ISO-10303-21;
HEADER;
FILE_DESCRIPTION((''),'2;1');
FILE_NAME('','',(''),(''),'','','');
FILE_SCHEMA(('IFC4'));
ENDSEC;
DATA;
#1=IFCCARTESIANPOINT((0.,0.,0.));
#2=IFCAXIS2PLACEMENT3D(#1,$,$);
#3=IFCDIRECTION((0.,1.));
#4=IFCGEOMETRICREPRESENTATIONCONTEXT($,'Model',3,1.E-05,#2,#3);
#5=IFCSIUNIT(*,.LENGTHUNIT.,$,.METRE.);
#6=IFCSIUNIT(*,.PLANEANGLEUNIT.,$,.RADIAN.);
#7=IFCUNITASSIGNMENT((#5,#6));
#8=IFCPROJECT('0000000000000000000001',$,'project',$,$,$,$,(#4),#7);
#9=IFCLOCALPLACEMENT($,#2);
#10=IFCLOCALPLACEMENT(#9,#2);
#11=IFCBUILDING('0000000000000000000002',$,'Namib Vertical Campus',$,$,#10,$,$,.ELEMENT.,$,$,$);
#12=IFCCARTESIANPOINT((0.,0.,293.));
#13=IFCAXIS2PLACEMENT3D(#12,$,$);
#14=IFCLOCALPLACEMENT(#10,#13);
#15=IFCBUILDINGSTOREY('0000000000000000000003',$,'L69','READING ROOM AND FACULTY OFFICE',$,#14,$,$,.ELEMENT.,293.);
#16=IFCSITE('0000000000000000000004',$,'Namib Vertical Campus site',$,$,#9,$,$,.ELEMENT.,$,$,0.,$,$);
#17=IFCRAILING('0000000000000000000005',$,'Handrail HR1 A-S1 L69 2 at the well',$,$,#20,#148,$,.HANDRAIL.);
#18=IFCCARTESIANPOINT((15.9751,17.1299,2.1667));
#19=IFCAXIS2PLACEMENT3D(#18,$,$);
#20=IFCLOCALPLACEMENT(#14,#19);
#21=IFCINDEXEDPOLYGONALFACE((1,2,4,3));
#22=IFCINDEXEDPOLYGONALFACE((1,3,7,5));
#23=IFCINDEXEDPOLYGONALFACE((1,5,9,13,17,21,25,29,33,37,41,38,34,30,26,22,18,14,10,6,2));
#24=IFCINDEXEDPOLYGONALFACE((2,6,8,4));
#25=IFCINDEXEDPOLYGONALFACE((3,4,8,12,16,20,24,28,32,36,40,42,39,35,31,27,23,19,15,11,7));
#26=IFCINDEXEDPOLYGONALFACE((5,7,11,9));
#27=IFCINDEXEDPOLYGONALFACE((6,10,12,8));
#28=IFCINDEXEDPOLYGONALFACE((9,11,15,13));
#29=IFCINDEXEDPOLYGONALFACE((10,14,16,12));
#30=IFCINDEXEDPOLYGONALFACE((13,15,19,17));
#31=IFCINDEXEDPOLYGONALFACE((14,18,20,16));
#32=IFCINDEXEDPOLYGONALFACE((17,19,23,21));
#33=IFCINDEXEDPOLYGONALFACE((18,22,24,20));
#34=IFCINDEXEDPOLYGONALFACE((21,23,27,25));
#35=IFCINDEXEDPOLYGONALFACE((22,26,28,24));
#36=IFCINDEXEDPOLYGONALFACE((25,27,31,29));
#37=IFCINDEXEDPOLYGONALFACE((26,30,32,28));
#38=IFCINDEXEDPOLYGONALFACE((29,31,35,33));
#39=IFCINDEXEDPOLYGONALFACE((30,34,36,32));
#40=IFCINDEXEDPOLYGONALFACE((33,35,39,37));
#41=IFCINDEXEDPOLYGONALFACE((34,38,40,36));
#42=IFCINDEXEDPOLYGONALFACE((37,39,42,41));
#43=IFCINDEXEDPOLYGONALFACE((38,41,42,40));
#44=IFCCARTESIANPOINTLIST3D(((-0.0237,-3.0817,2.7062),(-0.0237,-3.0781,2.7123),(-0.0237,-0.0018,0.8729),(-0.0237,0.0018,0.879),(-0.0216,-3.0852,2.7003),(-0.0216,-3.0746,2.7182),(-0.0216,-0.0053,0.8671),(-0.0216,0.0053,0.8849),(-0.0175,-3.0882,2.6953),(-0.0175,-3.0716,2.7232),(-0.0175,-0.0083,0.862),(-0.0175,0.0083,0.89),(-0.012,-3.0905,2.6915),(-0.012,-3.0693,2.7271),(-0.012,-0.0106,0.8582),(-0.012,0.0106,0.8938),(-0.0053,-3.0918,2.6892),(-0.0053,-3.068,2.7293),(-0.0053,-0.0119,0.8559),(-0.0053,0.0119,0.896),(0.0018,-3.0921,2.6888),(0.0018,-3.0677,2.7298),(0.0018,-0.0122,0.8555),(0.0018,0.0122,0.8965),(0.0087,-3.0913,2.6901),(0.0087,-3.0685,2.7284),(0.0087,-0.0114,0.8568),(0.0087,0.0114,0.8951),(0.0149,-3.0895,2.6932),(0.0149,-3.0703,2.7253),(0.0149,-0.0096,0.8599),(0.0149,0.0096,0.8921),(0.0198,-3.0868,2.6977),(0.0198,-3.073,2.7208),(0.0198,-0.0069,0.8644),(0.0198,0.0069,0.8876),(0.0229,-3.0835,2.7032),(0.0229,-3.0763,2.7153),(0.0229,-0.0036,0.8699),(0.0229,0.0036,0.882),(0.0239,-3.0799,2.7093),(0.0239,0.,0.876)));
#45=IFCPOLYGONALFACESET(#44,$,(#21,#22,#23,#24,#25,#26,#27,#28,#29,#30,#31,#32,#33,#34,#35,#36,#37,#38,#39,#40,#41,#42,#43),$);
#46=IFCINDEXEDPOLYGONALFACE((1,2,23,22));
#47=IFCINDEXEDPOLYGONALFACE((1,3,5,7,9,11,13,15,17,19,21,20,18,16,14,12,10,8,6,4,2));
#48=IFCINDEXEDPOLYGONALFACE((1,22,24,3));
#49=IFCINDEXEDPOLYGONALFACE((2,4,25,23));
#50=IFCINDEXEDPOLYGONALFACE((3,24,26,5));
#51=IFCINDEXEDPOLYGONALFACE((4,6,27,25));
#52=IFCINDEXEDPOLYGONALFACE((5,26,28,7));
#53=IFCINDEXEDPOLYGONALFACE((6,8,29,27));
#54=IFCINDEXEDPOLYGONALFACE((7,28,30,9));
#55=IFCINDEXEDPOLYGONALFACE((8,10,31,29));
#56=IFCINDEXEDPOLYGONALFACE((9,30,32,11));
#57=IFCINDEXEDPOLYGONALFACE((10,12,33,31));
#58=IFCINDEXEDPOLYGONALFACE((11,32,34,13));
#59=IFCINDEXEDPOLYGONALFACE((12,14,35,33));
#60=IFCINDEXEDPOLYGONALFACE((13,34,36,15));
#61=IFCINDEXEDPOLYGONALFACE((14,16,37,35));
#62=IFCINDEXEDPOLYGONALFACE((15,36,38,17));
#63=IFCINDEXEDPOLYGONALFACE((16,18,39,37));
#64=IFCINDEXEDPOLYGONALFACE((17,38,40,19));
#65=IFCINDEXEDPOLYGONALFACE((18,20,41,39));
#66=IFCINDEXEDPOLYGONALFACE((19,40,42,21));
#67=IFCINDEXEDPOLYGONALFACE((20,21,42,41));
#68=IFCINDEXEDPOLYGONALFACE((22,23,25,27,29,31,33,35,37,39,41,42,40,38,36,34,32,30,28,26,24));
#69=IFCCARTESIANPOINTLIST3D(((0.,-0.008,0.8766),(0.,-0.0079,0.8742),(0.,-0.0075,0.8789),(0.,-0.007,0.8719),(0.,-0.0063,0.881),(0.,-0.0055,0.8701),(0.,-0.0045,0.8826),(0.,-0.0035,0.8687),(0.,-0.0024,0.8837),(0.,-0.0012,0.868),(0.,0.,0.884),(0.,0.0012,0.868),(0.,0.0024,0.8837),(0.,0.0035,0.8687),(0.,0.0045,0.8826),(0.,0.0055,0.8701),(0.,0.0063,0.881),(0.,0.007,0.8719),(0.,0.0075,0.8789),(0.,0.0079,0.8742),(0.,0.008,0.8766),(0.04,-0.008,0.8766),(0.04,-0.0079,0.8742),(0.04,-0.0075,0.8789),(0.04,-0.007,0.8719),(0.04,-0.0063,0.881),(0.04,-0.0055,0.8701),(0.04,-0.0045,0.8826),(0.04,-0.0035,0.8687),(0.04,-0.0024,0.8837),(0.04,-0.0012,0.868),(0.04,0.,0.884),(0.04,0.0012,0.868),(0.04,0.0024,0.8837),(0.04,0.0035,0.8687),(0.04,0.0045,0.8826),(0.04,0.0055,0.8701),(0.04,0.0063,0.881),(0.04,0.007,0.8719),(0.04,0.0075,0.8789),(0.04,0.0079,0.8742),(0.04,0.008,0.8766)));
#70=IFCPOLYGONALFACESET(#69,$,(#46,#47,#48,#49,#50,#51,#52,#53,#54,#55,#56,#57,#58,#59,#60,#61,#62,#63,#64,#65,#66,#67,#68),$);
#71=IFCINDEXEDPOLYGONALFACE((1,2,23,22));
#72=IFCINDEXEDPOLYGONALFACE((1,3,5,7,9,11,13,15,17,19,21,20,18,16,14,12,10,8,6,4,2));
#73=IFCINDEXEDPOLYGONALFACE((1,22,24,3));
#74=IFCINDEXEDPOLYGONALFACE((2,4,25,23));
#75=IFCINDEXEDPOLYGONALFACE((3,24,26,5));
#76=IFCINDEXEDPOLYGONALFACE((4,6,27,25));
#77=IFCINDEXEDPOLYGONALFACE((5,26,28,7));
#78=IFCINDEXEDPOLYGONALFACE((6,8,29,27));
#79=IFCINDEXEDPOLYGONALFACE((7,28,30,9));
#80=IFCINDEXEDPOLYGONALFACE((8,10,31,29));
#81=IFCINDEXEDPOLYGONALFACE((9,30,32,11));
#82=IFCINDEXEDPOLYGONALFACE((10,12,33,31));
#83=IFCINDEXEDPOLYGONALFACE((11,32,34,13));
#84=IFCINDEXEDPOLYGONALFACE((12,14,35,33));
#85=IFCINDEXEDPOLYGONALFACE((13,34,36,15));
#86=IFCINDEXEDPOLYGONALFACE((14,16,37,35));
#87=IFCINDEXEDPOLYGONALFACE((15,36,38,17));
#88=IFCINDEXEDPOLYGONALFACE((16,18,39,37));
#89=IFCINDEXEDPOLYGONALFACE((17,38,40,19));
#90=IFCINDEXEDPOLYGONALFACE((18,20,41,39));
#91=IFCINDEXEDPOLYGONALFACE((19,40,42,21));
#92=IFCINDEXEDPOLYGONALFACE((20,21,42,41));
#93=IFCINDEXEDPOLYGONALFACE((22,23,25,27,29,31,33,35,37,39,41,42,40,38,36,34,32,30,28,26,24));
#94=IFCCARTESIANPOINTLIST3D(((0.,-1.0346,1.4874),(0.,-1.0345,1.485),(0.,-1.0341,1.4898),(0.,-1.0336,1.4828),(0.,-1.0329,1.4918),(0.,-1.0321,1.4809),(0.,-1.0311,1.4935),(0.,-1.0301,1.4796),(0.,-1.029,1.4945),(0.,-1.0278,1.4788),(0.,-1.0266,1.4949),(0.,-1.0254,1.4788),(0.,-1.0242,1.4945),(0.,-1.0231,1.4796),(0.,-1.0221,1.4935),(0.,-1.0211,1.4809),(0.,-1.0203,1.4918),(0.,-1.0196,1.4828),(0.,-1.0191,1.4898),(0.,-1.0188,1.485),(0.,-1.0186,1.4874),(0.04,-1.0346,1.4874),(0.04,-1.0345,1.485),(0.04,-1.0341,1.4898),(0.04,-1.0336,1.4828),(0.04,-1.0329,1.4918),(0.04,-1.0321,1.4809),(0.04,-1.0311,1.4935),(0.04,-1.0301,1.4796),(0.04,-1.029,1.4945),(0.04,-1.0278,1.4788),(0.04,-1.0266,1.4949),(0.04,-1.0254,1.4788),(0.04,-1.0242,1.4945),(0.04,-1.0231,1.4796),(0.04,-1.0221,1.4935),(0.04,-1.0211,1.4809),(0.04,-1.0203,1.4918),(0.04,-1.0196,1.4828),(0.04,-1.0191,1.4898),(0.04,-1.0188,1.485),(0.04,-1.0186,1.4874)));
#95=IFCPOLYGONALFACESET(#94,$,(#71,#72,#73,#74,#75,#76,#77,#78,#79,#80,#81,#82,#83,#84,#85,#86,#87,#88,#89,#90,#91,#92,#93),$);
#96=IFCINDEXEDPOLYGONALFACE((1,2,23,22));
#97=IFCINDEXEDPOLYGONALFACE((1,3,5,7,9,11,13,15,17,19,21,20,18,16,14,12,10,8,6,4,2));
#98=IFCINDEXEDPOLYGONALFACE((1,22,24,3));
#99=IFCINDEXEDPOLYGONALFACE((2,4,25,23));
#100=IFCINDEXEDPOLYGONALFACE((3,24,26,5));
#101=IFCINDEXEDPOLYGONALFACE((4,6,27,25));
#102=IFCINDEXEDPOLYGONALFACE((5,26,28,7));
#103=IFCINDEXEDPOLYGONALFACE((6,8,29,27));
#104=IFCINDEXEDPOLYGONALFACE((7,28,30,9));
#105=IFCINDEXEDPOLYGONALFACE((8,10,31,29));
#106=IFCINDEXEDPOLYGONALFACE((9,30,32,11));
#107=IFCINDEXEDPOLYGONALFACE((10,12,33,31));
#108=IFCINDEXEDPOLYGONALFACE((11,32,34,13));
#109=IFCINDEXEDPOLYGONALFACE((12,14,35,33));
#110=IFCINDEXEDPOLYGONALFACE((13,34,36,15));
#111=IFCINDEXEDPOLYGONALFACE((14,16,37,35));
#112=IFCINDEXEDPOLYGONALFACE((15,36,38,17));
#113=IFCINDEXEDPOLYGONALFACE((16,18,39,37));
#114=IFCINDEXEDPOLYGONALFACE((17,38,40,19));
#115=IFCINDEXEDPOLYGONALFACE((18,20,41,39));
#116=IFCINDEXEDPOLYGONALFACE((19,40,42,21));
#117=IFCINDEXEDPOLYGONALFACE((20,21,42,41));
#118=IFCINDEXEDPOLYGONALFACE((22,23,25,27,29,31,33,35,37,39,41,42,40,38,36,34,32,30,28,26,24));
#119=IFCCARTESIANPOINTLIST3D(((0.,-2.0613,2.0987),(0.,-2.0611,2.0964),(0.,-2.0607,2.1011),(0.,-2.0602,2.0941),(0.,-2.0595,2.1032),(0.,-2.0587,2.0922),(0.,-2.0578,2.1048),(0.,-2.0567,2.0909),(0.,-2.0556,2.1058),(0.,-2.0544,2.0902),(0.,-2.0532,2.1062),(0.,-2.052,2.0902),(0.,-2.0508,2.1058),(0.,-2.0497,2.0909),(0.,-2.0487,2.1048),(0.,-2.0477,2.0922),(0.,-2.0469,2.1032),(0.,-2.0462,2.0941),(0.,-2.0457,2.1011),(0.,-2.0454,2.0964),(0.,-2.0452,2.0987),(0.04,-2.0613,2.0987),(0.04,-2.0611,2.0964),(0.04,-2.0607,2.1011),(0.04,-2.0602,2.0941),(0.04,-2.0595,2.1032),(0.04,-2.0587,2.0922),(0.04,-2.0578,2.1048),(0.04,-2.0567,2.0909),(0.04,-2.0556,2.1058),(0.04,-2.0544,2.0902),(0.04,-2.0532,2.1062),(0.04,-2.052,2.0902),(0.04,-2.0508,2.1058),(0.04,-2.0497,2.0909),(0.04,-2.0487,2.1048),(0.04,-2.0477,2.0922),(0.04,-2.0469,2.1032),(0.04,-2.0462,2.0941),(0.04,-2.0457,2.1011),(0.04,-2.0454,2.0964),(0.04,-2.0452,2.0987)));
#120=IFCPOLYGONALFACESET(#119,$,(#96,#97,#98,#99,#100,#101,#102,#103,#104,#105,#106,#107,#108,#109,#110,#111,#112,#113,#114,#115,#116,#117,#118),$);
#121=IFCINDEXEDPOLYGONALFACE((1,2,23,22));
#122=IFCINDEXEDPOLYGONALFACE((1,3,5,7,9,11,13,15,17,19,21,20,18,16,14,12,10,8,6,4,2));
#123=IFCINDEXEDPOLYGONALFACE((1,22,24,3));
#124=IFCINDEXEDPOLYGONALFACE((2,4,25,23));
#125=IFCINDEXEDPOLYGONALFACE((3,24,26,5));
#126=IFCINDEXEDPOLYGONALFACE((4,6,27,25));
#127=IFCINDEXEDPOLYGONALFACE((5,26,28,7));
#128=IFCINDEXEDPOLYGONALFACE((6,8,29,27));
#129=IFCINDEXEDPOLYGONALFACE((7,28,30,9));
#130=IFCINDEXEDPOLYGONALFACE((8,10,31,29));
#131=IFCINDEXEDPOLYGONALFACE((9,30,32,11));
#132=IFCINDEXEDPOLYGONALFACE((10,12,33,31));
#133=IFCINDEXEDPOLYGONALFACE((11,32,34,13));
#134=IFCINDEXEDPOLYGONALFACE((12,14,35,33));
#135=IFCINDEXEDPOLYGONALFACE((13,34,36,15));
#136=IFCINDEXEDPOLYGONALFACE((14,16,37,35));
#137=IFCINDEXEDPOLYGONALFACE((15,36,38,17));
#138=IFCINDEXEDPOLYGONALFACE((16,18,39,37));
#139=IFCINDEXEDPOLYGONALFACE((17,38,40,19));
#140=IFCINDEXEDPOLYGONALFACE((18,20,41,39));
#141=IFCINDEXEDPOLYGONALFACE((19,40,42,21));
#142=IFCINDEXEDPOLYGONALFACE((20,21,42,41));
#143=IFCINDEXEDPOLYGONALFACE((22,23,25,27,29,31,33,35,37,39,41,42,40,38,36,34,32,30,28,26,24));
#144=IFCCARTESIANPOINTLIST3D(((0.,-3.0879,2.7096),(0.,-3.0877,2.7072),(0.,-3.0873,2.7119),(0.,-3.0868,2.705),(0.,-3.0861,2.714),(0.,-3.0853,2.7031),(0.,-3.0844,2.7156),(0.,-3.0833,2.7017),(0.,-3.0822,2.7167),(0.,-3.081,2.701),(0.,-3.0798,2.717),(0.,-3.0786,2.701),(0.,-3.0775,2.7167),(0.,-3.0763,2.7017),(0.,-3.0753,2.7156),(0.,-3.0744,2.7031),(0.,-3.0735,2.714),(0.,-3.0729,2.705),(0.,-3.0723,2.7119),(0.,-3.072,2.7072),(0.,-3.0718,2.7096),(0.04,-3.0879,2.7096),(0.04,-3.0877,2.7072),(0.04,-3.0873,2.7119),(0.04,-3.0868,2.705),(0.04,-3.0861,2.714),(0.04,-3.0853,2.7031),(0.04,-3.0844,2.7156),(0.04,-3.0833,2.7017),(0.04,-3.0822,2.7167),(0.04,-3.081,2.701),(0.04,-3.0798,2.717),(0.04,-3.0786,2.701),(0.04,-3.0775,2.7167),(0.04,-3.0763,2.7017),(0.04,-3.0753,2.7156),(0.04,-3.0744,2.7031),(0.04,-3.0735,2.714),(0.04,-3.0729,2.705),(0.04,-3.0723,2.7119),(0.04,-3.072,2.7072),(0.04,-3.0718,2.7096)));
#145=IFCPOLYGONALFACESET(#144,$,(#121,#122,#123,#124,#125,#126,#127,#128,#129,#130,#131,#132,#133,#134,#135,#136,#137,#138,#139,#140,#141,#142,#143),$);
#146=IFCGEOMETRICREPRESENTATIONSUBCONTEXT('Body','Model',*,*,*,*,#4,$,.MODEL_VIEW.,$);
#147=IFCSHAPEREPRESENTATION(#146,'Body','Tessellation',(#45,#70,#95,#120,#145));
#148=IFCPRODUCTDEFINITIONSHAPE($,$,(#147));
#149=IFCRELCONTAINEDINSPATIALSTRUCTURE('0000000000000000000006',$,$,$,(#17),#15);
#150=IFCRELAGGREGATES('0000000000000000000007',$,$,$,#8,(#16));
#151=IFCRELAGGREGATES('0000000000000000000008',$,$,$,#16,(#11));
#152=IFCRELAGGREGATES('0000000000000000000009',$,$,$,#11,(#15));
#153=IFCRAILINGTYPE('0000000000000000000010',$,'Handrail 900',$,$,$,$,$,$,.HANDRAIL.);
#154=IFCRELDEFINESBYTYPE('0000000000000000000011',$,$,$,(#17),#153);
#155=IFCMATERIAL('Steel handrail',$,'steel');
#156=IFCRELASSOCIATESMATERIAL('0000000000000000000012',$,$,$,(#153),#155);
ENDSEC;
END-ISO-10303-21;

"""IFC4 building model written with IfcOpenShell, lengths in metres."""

from ifc_helpers import new_model, si_unit, direction, frame, origin, origin_2d, place, context, subcontext, project, spatial, circle, extrude, material, type_object, element, save


model = new_model("IFC4")

# Units and contexts
model_context = context("Model", 3, precision=1e-05, world=origin(), true_north=direction((0.0, 1.0)))
body_context = subcontext(model_context, "Body", "Model", "MODEL_VIEW")
ifc_project = project(units=[si_unit("LENGTHUNIT", "METRE"), si_unit("PLANEANGLEUNIT", "RADIAN")], contexts=[model_context])

# Site, building, storey
site_placement = place(None, origin())
site = spatial("IfcSite", under=ifc_project, at=site_placement, Name="Namib Vertical Campus site", CompositionType="ELEMENT", RefElevation=0.0)
building_placement = place(site_placement, origin())
building = spatial("IfcBuilding", under=site, at=building_placement, Name="Namib Vertical Campus", CompositionType="ELEMENT")
storey_placement = place(building_placement, frame((0.0, 0.0, 293.0)))
storey = spatial("IfcBuildingStorey", under=building, at=storey_placement, Name="L69", Description="READING ROOM AND FACULTY OFFICE", CompositionType="ELEMENT", Elevation=293.0)

# Railing
ifc_material_1 = material(Name="Steel handrail", Category="steel")
railing_type_1 = type_object("IfcRailingType", Name="Handrail 900", PredefinedType="HANDRAIL", material=ifc_material_1)
railing_1_placement = place(storey_placement, frame((15.9751, 17.1299, 2.1667)))
element("IfcRailing", 1, at=railing_1_placement, inside=storey, type_object=railing_type_1, Name="Handrail HR1 A-S1 L69 2 at the well", PredefinedType="HANDRAIL", context=body_context, shape_type="SweptSolid", body=[
    extrude(circle(Radius=0.0239, at=origin_2d()), frame((0.0, 0.0, 0.876), z_axis=(0.0, -0.859291, 0.511487), x_axis=(1.0, 0.0, 0.0)), (0.0, 0.0, 1.0), 3.5842),
    extrude(circle(Radius=0.0081, at=origin_2d()), frame((0.0, 0.0, 0.876), z_axis=(1.0, 0.0, 0.0), x_axis=(0.0, 0.0, 1.0)), (0.0, 0.0, 1.0), 0.04),
    extrude(circle(Radius=0.0081, at=origin_2d()), frame((0.0, -1.0266, 1.4868), z_axis=(1.0, 0.0, 0.0), x_axis=(0.0, 0.0, 1.0)), (0.0, 0.0, 1.0), 0.04),
    extrude(circle(Radius=0.0081, at=origin_2d()), frame((0.0, -2.0532, 2.0981), z_axis=(1.0, 0.0, 0.0), x_axis=(0.0, 0.0, 1.0)), (0.0, 0.0, 1.0), 0.04),
    extrude(circle(Radius=0.0081, at=origin_2d()), frame((0.0, -3.0798, 2.709), z_axis=(1.0, 0.0, 0.0), x_axis=(0.0, 0.0, 1.0)), (0.0, 0.0, 1.0), 0.04),
])

save(model, "model.ifc")
